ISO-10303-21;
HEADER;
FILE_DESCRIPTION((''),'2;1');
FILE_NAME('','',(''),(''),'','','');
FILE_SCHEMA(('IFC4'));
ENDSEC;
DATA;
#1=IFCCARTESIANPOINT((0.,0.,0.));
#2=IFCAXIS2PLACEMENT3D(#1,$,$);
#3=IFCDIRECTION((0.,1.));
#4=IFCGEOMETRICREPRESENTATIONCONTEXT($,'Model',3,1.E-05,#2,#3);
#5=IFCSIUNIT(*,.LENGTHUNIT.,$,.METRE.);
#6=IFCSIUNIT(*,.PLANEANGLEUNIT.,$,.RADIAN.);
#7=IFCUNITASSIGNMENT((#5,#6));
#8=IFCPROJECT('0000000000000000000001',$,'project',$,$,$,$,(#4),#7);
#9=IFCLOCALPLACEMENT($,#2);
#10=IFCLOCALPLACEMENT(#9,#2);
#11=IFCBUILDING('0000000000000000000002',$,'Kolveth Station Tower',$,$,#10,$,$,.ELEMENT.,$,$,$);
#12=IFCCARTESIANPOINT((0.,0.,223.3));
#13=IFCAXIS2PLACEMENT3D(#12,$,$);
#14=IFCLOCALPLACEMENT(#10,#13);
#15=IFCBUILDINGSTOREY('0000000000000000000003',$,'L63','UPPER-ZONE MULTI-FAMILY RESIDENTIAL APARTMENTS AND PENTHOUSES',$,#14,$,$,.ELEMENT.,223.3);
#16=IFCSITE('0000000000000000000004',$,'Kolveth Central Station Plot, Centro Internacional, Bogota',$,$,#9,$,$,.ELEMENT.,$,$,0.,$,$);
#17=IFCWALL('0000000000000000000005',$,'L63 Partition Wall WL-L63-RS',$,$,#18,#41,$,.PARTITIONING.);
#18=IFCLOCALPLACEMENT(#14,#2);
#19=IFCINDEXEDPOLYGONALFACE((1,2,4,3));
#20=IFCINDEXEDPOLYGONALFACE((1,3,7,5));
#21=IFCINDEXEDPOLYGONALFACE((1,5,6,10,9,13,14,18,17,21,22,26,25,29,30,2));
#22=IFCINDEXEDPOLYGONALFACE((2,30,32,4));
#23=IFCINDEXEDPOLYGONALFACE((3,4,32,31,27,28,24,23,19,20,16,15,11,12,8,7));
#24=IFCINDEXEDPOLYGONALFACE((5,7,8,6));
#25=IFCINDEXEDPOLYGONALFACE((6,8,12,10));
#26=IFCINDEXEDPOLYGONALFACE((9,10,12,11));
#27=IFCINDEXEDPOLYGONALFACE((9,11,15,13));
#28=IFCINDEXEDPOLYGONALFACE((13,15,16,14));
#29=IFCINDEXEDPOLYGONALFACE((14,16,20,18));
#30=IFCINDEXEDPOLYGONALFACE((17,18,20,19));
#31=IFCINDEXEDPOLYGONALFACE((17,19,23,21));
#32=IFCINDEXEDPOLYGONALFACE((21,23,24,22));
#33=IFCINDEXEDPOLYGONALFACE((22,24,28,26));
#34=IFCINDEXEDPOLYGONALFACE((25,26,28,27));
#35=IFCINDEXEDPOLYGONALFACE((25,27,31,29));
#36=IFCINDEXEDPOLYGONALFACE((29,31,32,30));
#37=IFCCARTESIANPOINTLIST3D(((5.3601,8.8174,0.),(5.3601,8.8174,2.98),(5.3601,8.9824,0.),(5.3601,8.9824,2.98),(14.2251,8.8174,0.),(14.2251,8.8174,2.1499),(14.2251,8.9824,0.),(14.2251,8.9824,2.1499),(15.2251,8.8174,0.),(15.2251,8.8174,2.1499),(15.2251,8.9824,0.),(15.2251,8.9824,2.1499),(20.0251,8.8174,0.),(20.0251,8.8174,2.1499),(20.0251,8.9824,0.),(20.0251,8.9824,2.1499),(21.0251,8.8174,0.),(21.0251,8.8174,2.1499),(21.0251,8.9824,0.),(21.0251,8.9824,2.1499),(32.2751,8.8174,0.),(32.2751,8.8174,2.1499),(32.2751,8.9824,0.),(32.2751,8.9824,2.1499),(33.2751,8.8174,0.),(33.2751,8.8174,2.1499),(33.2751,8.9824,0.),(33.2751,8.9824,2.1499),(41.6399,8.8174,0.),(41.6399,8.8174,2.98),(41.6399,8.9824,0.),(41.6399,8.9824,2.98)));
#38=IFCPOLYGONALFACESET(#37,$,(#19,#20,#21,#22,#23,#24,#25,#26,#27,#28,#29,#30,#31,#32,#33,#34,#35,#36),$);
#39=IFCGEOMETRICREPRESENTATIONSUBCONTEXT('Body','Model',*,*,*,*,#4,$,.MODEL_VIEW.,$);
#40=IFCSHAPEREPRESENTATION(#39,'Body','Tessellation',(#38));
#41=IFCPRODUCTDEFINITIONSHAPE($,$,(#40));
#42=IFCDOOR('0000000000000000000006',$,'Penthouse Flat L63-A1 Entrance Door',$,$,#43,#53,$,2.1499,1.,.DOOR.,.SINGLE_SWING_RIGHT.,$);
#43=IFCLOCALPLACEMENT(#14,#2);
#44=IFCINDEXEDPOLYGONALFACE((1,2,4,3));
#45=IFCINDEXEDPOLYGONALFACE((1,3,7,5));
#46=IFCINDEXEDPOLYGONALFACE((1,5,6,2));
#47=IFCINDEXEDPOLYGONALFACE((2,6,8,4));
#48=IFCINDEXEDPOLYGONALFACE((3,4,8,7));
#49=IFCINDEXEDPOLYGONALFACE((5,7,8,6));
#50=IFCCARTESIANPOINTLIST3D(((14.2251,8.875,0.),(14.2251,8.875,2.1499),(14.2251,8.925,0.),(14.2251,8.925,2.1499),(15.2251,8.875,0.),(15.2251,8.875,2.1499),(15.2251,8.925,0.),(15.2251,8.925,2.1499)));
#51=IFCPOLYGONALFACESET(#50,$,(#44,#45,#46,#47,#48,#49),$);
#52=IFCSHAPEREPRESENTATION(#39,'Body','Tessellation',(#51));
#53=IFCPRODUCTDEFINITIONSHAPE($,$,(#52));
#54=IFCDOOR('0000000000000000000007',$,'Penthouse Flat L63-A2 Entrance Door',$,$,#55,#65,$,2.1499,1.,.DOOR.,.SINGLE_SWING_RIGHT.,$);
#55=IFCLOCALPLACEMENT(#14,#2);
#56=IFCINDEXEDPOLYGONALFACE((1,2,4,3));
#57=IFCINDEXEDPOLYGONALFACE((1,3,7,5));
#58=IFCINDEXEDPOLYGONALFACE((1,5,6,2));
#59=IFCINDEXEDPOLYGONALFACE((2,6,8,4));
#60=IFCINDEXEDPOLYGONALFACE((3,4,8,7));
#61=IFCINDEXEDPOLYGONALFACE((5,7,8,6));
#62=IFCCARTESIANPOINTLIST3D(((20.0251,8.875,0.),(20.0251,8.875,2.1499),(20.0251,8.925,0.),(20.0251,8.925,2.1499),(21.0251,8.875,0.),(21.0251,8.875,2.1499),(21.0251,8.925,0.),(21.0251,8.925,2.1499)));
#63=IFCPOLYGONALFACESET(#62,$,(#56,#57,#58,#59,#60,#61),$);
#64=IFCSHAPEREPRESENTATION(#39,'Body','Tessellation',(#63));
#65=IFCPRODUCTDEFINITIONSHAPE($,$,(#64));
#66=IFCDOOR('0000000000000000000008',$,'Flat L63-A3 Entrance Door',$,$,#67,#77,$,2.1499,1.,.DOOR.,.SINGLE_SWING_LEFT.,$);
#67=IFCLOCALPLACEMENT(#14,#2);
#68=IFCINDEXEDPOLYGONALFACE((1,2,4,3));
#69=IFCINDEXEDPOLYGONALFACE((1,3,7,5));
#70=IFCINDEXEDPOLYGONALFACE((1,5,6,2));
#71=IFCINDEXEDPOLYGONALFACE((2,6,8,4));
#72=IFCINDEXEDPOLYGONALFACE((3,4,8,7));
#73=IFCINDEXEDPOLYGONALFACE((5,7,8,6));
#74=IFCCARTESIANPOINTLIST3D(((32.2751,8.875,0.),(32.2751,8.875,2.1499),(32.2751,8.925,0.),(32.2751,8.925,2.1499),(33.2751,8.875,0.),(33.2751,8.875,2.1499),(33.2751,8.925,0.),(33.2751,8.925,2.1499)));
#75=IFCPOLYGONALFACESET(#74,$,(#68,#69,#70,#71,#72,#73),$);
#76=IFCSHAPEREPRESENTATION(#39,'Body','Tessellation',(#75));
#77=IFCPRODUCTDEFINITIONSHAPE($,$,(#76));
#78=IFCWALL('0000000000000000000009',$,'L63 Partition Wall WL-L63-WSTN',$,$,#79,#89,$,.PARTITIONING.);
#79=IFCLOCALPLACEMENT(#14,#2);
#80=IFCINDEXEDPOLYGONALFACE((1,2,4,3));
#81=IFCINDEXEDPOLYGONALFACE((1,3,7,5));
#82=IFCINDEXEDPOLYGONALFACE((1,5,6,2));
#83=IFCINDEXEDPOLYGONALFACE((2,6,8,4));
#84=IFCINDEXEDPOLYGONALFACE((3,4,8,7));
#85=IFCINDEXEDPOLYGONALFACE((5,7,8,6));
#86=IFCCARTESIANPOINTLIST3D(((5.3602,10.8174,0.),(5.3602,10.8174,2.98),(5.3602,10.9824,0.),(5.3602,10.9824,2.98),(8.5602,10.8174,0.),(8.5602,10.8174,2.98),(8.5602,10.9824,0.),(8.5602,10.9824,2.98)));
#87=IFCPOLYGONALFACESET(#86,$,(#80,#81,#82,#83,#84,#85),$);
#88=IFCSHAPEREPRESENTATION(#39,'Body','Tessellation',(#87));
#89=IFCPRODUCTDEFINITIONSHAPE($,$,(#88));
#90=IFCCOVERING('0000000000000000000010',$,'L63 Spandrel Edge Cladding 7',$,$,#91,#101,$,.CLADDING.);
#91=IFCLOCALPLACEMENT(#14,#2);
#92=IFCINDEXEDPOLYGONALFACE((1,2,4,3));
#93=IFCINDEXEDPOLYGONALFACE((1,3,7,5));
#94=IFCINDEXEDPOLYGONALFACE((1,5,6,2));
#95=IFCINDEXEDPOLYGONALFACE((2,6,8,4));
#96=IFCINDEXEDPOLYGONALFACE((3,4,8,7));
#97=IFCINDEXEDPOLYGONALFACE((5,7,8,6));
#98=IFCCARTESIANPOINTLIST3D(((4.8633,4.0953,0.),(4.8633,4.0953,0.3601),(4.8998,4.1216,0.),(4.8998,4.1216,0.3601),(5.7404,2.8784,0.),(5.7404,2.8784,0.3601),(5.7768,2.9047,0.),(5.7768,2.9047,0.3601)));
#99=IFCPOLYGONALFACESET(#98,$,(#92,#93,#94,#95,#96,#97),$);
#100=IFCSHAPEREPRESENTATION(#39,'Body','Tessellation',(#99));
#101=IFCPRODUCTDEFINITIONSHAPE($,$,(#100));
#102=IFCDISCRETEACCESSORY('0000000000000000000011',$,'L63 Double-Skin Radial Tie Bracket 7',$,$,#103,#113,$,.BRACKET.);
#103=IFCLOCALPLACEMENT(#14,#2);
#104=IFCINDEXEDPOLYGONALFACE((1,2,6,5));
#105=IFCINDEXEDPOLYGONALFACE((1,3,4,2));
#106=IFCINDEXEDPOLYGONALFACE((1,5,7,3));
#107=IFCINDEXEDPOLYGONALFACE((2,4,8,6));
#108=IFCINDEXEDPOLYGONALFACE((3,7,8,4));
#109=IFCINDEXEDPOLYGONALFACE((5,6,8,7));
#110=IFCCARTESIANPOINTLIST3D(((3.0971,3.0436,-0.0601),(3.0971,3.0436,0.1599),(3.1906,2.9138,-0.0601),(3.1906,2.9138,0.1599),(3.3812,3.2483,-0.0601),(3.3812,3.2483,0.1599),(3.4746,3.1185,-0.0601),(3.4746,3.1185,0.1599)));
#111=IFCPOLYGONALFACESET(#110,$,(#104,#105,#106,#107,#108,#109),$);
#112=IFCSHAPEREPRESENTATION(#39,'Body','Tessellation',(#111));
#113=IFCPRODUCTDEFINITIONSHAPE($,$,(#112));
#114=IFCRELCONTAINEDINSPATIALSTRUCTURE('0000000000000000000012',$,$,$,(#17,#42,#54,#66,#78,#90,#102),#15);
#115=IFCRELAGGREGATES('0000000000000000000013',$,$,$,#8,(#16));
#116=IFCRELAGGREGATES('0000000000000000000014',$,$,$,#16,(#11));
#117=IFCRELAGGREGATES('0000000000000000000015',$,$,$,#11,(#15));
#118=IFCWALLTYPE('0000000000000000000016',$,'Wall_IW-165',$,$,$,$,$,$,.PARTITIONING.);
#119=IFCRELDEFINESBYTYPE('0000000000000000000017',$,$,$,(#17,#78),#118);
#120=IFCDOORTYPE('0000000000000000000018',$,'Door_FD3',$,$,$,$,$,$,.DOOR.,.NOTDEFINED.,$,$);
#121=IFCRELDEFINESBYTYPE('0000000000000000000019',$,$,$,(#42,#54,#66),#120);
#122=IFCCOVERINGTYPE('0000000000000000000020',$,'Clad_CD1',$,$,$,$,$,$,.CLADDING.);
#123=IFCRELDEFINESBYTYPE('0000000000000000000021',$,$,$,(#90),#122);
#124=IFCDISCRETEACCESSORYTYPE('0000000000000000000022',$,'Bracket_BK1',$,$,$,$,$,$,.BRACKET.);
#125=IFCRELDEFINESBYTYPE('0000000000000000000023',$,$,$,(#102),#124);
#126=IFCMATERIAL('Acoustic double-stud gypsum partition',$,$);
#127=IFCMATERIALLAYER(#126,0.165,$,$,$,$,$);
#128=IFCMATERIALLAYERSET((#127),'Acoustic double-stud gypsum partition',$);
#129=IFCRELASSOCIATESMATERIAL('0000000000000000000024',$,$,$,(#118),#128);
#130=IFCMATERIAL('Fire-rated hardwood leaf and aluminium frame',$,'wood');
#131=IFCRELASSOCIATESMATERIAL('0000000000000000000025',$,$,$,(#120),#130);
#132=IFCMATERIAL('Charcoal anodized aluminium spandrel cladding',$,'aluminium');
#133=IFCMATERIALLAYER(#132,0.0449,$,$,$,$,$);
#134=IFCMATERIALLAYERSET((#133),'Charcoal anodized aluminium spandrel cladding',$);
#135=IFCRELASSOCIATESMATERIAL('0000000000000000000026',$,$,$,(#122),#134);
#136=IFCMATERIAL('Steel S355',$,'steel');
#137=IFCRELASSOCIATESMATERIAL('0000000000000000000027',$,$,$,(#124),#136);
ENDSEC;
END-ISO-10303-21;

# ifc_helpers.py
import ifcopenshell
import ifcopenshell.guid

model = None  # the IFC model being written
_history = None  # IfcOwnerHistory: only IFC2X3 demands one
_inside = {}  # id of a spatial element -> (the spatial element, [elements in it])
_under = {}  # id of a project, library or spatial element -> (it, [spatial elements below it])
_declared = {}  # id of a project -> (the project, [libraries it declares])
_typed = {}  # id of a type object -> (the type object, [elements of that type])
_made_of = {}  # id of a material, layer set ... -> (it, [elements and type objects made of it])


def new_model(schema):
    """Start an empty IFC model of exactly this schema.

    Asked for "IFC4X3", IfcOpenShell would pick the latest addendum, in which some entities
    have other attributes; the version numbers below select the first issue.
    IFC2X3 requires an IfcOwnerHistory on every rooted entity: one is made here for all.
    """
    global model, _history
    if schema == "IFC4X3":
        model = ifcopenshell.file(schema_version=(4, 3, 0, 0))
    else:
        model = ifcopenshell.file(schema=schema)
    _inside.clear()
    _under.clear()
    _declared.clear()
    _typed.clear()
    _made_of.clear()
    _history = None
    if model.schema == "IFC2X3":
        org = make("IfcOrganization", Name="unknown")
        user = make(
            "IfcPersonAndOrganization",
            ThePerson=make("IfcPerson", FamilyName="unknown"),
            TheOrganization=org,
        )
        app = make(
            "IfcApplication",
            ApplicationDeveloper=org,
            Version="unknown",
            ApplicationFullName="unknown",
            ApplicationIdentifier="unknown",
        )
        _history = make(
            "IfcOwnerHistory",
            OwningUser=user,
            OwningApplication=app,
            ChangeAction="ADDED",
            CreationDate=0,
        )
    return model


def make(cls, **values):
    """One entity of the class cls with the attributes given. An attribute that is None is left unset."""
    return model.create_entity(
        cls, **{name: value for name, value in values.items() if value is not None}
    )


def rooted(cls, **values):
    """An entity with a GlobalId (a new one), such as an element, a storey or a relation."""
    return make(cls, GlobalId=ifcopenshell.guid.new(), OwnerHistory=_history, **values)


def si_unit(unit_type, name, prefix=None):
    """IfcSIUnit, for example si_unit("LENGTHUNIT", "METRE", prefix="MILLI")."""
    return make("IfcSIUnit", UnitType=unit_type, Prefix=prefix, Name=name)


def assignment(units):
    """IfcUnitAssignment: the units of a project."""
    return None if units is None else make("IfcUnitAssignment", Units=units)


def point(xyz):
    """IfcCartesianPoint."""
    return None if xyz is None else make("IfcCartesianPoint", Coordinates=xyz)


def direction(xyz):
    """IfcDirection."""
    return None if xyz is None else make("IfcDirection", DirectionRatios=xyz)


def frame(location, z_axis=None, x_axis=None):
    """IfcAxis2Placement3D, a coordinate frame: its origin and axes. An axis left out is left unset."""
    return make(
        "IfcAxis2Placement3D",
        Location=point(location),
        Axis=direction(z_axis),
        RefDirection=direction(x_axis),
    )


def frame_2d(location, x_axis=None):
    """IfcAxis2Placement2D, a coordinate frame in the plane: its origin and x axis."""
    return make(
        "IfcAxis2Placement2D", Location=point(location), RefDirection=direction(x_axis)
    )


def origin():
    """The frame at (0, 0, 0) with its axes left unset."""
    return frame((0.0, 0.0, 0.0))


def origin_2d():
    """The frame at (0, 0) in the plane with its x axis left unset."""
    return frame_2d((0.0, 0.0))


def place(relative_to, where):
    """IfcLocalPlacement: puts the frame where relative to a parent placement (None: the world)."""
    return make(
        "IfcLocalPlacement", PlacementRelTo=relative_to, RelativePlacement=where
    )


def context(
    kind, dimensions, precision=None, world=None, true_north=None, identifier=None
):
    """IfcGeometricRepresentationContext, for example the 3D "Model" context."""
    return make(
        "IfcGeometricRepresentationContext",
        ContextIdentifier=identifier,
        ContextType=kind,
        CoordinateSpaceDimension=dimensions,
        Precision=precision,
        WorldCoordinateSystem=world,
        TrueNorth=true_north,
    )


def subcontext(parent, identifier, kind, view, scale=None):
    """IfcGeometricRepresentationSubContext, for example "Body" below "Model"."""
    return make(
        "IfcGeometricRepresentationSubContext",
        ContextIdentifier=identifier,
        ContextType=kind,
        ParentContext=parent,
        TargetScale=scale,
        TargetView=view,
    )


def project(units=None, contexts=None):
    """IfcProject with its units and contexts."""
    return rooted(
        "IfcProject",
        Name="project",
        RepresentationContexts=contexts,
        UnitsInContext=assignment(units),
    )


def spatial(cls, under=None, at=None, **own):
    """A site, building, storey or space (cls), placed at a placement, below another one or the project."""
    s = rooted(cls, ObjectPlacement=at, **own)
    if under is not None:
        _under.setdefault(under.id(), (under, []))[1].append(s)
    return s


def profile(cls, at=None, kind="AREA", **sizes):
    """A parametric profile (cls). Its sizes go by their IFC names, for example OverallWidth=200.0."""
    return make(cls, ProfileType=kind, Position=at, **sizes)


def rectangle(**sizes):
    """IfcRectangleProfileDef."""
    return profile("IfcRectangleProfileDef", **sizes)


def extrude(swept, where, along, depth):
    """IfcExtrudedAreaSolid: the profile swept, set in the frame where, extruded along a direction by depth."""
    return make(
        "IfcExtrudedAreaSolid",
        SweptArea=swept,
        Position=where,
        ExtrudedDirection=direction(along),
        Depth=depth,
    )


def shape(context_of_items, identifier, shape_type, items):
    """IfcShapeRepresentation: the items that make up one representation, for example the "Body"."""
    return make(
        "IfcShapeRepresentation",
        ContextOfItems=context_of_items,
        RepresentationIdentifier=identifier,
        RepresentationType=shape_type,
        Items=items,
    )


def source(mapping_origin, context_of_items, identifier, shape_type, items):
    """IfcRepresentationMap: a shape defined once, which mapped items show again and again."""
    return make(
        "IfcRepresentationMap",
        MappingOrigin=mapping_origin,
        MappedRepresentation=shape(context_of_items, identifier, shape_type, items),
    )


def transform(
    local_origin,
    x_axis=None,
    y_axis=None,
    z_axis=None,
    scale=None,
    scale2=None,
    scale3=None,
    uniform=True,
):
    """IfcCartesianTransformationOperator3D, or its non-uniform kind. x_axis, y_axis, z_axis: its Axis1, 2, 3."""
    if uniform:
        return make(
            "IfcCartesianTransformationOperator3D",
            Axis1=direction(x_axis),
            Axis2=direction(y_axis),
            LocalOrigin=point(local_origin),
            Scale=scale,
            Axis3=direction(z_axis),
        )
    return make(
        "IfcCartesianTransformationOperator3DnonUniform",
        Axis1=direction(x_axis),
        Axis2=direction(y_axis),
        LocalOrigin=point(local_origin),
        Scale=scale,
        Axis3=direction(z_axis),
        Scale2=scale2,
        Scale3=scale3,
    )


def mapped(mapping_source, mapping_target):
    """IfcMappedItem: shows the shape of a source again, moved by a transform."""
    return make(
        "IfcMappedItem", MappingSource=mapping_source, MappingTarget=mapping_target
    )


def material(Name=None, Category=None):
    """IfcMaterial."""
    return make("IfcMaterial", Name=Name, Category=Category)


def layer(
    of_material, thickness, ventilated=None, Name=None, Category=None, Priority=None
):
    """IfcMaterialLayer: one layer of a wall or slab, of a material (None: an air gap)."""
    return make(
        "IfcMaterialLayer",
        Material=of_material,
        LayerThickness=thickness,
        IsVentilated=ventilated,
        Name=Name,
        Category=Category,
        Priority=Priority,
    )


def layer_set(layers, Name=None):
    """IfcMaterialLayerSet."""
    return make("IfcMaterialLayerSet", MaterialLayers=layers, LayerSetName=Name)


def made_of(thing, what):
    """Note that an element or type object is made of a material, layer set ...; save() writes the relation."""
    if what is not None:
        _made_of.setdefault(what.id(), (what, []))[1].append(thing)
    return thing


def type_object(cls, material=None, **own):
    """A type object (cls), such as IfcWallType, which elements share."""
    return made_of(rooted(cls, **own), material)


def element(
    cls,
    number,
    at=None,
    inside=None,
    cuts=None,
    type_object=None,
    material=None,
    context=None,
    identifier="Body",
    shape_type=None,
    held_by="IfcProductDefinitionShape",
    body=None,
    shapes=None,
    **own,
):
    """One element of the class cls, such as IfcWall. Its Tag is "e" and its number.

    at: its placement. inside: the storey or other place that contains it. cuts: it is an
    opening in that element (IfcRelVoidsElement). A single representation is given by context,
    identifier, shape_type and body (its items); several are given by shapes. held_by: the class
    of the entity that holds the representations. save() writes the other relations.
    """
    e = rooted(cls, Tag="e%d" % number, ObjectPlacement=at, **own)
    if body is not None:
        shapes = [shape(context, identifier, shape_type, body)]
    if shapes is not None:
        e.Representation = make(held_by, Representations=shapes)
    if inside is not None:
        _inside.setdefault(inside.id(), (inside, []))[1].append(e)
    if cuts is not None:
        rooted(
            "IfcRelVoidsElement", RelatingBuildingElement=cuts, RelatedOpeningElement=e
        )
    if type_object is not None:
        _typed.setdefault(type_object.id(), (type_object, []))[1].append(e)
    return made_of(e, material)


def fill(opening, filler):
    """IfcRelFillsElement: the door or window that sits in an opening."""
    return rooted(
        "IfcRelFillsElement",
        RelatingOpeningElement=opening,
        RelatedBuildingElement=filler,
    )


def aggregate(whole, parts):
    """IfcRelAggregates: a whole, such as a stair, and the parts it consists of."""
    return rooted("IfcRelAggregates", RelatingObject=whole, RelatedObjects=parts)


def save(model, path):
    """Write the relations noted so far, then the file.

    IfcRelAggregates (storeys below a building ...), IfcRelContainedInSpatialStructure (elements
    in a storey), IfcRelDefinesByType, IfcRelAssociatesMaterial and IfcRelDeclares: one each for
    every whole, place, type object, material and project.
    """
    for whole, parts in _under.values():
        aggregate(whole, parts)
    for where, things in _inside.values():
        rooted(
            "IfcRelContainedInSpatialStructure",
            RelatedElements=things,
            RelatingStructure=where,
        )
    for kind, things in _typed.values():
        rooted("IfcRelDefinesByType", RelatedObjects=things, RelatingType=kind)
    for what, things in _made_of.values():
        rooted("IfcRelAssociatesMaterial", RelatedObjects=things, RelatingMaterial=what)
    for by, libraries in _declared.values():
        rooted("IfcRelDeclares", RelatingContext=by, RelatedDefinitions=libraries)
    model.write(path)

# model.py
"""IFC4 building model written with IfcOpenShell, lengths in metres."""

from ifc_helpers import new_model, si_unit, direction, frame, frame_2d, origin, origin_2d, place, context, subcontext, project, spatial, rectangle, extrude, source, transform, mapped, material, layer, layer_set, type_object, element, fill, save


model = new_model("IFC4")

# Units and contexts
model_context = context("Model", 3, precision=1e-05, world=origin(), true_north=direction((0.0, 1.0)))
body_context = subcontext(model_context, "Body", "Model", "MODEL_VIEW")
ifc_project = project(units=[si_unit("LENGTHUNIT", "METRE"), si_unit("PLANEANGLEUNIT", "RADIAN")], contexts=[model_context])

# Site, building, storey
site_placement = place(None, origin())
site = spatial("IfcSite", under=ifc_project, at=site_placement, Name="Kolveth Central Station Plot, Centro Internacional, Bogota", CompositionType="ELEMENT", RefElevation=0.0)
building_placement = place(site_placement, origin())
building = spatial("IfcBuilding", under=site, at=building_placement, Name="Kolveth Station Tower", CompositionType="ELEMENT")
storey_placement = place(building_placement, frame((0.0, 0.0, 223.3)))
storey = spatial("IfcBuildingStorey", under=building, at=storey_placement, Name="L63", Description="UPPER-ZONE MULTI-FAMILY RESIDENTIAL APARTMENTS AND PENTHOUSES", CompositionType="ELEMENT", Elevation=223.3)

# Shared definitions
ifc_material_1 = material(Name="Steel S355", Category="steel")

# Wall, openings, doors
ifc_material_2 = material(Name="Acoustic double-stud gypsum partition")
ifc_layer_1 = layer(ifc_material_2, 0.165)
ifc_layer_set_1 = layer_set([ifc_layer_1], Name="Acoustic double-stud gypsum partition")
wall_type_1 = type_object("IfcWallType", Name="Wall_IW-165", PredefinedType="PARTITIONING", material=ifc_layer_set_1)
wall_1_placement = place(storey_placement, frame((5.3601, 8.8999, 0.0), z_axis=(0.0, 0.0, 1.0), x_axis=(1.0, 0.0, 0.0)))
wall_1 = element("IfcWall", 1, at=wall_1_placement, inside=storey, type_object=wall_type_1, Name="L63 Partition Wall WL-L63-RS", PredefinedType="PARTITIONING", context=body_context, shape_type="SweptSolid", body=[
    extrude(rectangle(XDim=36.2798, YDim=0.165, at=frame_2d((18.1399, 0.0))), origin(), (0.0, 0.0, 1.0), 2.98),
])
opening_1_placement = place(wall_1_placement, frame((8.865, 0.0, 0.0)))
opening_1 = element("IfcOpeningElement", 2, at=opening_1_placement, cuts=wall_1, PredefinedType="OPENING", context=body_context, shape_type="SweptSolid", body=[
    extrude(rectangle(XDim=1.0, YDim=2.1499, at=frame_2d((0.5, 1.075))), frame((0.0, 0.0925, 0.0), z_axis=(0.0, -1.0, 0.0), x_axis=(1.0, 0.0, 0.0)), (0.0, 0.0, 1.0), 0.1851),
])
opening_2_placement = place(wall_1_placement, frame((14.665, 0.0, 0.0)))
opening_2 = element("IfcOpeningElement", 3, at=opening_2_placement, cuts=wall_1, PredefinedType="OPENING", context=body_context, shape_type="SweptSolid", body=[
    extrude(rectangle(XDim=1.0, YDim=2.1499, at=frame_2d((0.5, 1.075))), frame((0.0, 0.0925, 0.0), z_axis=(0.0, -1.0, 0.0), x_axis=(1.0, 0.0, 0.0)), (0.0, 0.0, 1.0), 0.1851),
])
opening_3_placement = place(wall_1_placement, frame((26.915, 0.0, 0.0)))
opening_3 = element("IfcOpeningElement", 4, at=opening_3_placement, cuts=wall_1, PredefinedType="OPENING", context=body_context, shape_type="SweptSolid", body=[
    extrude(rectangle(XDim=1.0, YDim=2.1499, at=frame_2d((0.5, 1.075))), frame((0.0, 0.0925, 0.0), z_axis=(0.0, -1.0, 0.0), x_axis=(1.0, 0.0, 0.0)), (0.0, 0.0, 1.0), 0.1851),
])
ifc_material_3 = material(Name="Fire-rated hardwood leaf and aluminium frame", Category="wood")
door_type_1 = type_object("IfcDoorType", Name="Door_FD3", OperationType="NOTDEFINED", PredefinedType="DOOR", material=ifc_material_3)
door_1_placement = place(opening_1_placement, frame((1.0, 0.0, 0.0), z_axis=(0.0, 0.0, 1.0), x_axis=(-1.0, 0.0, 0.0)))
door_1 = element("IfcDoor", 5, at=door_1_placement, inside=storey, type_object=door_type_1, Name="Penthouse Flat L63-A1 Entrance Door", OperationType="SINGLE_SWING_RIGHT", OverallHeight=2.1499, OverallWidth=1.0, PredefinedType="DOOR", context=body_context, shape_type="SweptSolid", body=[
    extrude(rectangle(XDim=1.0, YDim=2.1499, at=frame_2d((0.5, 1.075))), frame((0.0, 0.0249, 0.0), z_axis=(0.0, -1.0, 0.0), x_axis=(1.0, 0.0, 0.0)), (0.0, 0.0, 1.0), 0.05),
])
fill(opening_1, door_1)
door_2_placement = place(opening_2_placement, frame((1.0, 0.0, 0.0), z_axis=(0.0, 0.0, 1.0), x_axis=(-1.0, 0.0, 0.0)))
door_2 = element("IfcDoor", 6, at=door_2_placement, inside=storey, type_object=door_type_1, Name="Penthouse Flat L63-A2 Entrance Door", OperationType="SINGLE_SWING_RIGHT", OverallHeight=2.1499, OverallWidth=1.0, PredefinedType="DOOR", context=body_context, shape_type="SweptSolid", body=[
    extrude(rectangle(XDim=1.0, YDim=2.1499, at=frame_2d((0.5, 1.075))), frame((0.0, 0.0249, 0.0), z_axis=(0.0, -1.0, 0.0), x_axis=(1.0, 0.0, 0.0)), (0.0, 0.0, 1.0), 0.05),
])
fill(opening_2, door_2)
door_3_placement = place(opening_3_placement, frame((1.0, 0.0, 0.0), z_axis=(0.0, 0.0, 1.0), x_axis=(-1.0, 0.0, 0.0)))
door_3 = element("IfcDoor", 7, at=door_3_placement, inside=storey, type_object=door_type_1, Name="Flat L63-A3 Entrance Door", OperationType="SINGLE_SWING_LEFT", OverallHeight=2.1499, OverallWidth=1.0, PredefinedType="DOOR", context=body_context, shape_type="SweptSolid", body=[
    extrude(rectangle(XDim=1.0, YDim=2.1499, at=frame_2d((0.5, 1.075))), frame((0.0, 0.0249, 0.0), z_axis=(0.0, -1.0, 0.0), x_axis=(1.0, 0.0, 0.0)), (0.0, 0.0, 1.0), 0.05),
])
fill(opening_3, door_3)

# Wall
wall_2_placement = place(storey_placement, frame((5.3601, 10.8999, 0.0), z_axis=(0.0, 0.0, 1.0), x_axis=(1.0, 0.0, 0.0)))
element("IfcWall", 8, at=wall_2_placement, inside=storey, type_object=wall_type_1, Name="L63 Partition Wall WL-L63-WSTN", PredefinedType="PARTITIONING", context=body_context, shape_type="SweptSolid", body=[
    extrude(rectangle(XDim=3.2, YDim=0.165, at=frame_2d((1.6001, 0.0))), origin(), (0.0, 0.0, 1.0), 2.98),
])

# Covering
ifc_material_4 = material(Name="Charcoal anodized aluminium spandrel cladding", Category="aluminium")
ifc_layer_2 = layer(ifc_material_4, 0.0449)
ifc_layer_set_2 = layer_set([ifc_layer_2], Name="Charcoal anodized aluminium spandrel cladding")
covering_type = type_object("IfcCoveringType", Name="Clad_CD1", PredefinedType="CLADDING", material=ifc_layer_set_2)
shared_shape_1 = source(origin(), body_context, "Body", "SweptSolid", [
    extrude(rectangle(XDim=1.5, YDim=0.0449, at=origin_2d()), origin(), (0.0, 0.0, 1.0), 0.3601),
])
covering_placement = place(storey_placement, frame((5.3201, 3.5, 0.0), z_axis=(0.0, 0.0, 1.0), x_axis=(0.584675, -0.811268, 0.0)))
element("IfcCovering", 9, at=covering_placement, inside=storey, type_object=covering_type, Name="L63 Spandrel Edge Cladding 7", PredefinedType="CLADDING", context=body_context, shape_type="MappedRepresentation", body=[
    mapped(shared_shape_1, transform((0.0, 0.0, 0.0), x_axis=(1.0, 0.0, 0.0), y_axis=(0.0, 1.0, 0.0), z_axis=(0.0, 0.0, 1.0), scale=1.0)),
])

# Discrete accessory
discrete_accessory_type = type_object("IfcDiscreteAccessoryType", Name="Bracket_BK1", PredefinedType="BRACKET", material=ifc_material_1)
shared_shape_2 = source(origin(), body_context, "Body", "SweptSolid", [
    extrude(rectangle(XDim=0.3501, YDim=0.1599, at=origin_2d()), origin(), (0.0, 0.0, 1.0), 0.22),
])
discrete_accessory_placement = place(storey_placement, frame((3.2859, 3.0811, -0.0601), z_axis=(0.0, 0.0, 1.0), x_axis=(-0.811268, -0.584675, 0.0)))
element("IfcDiscreteAccessory", 10, at=discrete_accessory_placement, inside=storey, type_object=discrete_accessory_type, Name="L63 Double-Skin Radial Tie Bracket 7", PredefinedType="BRACKET", context=body_context, shape_type="MappedRepresentation", body=[
    mapped(shared_shape_2, transform((0.0, 0.0, 0.0), x_axis=(1.0, 0.0, 0.0), y_axis=(0.0, 1.0, 0.0), z_axis=(0.0, 0.0, 1.0), scale=1.0)),
])

save(model, "model.ifc")
